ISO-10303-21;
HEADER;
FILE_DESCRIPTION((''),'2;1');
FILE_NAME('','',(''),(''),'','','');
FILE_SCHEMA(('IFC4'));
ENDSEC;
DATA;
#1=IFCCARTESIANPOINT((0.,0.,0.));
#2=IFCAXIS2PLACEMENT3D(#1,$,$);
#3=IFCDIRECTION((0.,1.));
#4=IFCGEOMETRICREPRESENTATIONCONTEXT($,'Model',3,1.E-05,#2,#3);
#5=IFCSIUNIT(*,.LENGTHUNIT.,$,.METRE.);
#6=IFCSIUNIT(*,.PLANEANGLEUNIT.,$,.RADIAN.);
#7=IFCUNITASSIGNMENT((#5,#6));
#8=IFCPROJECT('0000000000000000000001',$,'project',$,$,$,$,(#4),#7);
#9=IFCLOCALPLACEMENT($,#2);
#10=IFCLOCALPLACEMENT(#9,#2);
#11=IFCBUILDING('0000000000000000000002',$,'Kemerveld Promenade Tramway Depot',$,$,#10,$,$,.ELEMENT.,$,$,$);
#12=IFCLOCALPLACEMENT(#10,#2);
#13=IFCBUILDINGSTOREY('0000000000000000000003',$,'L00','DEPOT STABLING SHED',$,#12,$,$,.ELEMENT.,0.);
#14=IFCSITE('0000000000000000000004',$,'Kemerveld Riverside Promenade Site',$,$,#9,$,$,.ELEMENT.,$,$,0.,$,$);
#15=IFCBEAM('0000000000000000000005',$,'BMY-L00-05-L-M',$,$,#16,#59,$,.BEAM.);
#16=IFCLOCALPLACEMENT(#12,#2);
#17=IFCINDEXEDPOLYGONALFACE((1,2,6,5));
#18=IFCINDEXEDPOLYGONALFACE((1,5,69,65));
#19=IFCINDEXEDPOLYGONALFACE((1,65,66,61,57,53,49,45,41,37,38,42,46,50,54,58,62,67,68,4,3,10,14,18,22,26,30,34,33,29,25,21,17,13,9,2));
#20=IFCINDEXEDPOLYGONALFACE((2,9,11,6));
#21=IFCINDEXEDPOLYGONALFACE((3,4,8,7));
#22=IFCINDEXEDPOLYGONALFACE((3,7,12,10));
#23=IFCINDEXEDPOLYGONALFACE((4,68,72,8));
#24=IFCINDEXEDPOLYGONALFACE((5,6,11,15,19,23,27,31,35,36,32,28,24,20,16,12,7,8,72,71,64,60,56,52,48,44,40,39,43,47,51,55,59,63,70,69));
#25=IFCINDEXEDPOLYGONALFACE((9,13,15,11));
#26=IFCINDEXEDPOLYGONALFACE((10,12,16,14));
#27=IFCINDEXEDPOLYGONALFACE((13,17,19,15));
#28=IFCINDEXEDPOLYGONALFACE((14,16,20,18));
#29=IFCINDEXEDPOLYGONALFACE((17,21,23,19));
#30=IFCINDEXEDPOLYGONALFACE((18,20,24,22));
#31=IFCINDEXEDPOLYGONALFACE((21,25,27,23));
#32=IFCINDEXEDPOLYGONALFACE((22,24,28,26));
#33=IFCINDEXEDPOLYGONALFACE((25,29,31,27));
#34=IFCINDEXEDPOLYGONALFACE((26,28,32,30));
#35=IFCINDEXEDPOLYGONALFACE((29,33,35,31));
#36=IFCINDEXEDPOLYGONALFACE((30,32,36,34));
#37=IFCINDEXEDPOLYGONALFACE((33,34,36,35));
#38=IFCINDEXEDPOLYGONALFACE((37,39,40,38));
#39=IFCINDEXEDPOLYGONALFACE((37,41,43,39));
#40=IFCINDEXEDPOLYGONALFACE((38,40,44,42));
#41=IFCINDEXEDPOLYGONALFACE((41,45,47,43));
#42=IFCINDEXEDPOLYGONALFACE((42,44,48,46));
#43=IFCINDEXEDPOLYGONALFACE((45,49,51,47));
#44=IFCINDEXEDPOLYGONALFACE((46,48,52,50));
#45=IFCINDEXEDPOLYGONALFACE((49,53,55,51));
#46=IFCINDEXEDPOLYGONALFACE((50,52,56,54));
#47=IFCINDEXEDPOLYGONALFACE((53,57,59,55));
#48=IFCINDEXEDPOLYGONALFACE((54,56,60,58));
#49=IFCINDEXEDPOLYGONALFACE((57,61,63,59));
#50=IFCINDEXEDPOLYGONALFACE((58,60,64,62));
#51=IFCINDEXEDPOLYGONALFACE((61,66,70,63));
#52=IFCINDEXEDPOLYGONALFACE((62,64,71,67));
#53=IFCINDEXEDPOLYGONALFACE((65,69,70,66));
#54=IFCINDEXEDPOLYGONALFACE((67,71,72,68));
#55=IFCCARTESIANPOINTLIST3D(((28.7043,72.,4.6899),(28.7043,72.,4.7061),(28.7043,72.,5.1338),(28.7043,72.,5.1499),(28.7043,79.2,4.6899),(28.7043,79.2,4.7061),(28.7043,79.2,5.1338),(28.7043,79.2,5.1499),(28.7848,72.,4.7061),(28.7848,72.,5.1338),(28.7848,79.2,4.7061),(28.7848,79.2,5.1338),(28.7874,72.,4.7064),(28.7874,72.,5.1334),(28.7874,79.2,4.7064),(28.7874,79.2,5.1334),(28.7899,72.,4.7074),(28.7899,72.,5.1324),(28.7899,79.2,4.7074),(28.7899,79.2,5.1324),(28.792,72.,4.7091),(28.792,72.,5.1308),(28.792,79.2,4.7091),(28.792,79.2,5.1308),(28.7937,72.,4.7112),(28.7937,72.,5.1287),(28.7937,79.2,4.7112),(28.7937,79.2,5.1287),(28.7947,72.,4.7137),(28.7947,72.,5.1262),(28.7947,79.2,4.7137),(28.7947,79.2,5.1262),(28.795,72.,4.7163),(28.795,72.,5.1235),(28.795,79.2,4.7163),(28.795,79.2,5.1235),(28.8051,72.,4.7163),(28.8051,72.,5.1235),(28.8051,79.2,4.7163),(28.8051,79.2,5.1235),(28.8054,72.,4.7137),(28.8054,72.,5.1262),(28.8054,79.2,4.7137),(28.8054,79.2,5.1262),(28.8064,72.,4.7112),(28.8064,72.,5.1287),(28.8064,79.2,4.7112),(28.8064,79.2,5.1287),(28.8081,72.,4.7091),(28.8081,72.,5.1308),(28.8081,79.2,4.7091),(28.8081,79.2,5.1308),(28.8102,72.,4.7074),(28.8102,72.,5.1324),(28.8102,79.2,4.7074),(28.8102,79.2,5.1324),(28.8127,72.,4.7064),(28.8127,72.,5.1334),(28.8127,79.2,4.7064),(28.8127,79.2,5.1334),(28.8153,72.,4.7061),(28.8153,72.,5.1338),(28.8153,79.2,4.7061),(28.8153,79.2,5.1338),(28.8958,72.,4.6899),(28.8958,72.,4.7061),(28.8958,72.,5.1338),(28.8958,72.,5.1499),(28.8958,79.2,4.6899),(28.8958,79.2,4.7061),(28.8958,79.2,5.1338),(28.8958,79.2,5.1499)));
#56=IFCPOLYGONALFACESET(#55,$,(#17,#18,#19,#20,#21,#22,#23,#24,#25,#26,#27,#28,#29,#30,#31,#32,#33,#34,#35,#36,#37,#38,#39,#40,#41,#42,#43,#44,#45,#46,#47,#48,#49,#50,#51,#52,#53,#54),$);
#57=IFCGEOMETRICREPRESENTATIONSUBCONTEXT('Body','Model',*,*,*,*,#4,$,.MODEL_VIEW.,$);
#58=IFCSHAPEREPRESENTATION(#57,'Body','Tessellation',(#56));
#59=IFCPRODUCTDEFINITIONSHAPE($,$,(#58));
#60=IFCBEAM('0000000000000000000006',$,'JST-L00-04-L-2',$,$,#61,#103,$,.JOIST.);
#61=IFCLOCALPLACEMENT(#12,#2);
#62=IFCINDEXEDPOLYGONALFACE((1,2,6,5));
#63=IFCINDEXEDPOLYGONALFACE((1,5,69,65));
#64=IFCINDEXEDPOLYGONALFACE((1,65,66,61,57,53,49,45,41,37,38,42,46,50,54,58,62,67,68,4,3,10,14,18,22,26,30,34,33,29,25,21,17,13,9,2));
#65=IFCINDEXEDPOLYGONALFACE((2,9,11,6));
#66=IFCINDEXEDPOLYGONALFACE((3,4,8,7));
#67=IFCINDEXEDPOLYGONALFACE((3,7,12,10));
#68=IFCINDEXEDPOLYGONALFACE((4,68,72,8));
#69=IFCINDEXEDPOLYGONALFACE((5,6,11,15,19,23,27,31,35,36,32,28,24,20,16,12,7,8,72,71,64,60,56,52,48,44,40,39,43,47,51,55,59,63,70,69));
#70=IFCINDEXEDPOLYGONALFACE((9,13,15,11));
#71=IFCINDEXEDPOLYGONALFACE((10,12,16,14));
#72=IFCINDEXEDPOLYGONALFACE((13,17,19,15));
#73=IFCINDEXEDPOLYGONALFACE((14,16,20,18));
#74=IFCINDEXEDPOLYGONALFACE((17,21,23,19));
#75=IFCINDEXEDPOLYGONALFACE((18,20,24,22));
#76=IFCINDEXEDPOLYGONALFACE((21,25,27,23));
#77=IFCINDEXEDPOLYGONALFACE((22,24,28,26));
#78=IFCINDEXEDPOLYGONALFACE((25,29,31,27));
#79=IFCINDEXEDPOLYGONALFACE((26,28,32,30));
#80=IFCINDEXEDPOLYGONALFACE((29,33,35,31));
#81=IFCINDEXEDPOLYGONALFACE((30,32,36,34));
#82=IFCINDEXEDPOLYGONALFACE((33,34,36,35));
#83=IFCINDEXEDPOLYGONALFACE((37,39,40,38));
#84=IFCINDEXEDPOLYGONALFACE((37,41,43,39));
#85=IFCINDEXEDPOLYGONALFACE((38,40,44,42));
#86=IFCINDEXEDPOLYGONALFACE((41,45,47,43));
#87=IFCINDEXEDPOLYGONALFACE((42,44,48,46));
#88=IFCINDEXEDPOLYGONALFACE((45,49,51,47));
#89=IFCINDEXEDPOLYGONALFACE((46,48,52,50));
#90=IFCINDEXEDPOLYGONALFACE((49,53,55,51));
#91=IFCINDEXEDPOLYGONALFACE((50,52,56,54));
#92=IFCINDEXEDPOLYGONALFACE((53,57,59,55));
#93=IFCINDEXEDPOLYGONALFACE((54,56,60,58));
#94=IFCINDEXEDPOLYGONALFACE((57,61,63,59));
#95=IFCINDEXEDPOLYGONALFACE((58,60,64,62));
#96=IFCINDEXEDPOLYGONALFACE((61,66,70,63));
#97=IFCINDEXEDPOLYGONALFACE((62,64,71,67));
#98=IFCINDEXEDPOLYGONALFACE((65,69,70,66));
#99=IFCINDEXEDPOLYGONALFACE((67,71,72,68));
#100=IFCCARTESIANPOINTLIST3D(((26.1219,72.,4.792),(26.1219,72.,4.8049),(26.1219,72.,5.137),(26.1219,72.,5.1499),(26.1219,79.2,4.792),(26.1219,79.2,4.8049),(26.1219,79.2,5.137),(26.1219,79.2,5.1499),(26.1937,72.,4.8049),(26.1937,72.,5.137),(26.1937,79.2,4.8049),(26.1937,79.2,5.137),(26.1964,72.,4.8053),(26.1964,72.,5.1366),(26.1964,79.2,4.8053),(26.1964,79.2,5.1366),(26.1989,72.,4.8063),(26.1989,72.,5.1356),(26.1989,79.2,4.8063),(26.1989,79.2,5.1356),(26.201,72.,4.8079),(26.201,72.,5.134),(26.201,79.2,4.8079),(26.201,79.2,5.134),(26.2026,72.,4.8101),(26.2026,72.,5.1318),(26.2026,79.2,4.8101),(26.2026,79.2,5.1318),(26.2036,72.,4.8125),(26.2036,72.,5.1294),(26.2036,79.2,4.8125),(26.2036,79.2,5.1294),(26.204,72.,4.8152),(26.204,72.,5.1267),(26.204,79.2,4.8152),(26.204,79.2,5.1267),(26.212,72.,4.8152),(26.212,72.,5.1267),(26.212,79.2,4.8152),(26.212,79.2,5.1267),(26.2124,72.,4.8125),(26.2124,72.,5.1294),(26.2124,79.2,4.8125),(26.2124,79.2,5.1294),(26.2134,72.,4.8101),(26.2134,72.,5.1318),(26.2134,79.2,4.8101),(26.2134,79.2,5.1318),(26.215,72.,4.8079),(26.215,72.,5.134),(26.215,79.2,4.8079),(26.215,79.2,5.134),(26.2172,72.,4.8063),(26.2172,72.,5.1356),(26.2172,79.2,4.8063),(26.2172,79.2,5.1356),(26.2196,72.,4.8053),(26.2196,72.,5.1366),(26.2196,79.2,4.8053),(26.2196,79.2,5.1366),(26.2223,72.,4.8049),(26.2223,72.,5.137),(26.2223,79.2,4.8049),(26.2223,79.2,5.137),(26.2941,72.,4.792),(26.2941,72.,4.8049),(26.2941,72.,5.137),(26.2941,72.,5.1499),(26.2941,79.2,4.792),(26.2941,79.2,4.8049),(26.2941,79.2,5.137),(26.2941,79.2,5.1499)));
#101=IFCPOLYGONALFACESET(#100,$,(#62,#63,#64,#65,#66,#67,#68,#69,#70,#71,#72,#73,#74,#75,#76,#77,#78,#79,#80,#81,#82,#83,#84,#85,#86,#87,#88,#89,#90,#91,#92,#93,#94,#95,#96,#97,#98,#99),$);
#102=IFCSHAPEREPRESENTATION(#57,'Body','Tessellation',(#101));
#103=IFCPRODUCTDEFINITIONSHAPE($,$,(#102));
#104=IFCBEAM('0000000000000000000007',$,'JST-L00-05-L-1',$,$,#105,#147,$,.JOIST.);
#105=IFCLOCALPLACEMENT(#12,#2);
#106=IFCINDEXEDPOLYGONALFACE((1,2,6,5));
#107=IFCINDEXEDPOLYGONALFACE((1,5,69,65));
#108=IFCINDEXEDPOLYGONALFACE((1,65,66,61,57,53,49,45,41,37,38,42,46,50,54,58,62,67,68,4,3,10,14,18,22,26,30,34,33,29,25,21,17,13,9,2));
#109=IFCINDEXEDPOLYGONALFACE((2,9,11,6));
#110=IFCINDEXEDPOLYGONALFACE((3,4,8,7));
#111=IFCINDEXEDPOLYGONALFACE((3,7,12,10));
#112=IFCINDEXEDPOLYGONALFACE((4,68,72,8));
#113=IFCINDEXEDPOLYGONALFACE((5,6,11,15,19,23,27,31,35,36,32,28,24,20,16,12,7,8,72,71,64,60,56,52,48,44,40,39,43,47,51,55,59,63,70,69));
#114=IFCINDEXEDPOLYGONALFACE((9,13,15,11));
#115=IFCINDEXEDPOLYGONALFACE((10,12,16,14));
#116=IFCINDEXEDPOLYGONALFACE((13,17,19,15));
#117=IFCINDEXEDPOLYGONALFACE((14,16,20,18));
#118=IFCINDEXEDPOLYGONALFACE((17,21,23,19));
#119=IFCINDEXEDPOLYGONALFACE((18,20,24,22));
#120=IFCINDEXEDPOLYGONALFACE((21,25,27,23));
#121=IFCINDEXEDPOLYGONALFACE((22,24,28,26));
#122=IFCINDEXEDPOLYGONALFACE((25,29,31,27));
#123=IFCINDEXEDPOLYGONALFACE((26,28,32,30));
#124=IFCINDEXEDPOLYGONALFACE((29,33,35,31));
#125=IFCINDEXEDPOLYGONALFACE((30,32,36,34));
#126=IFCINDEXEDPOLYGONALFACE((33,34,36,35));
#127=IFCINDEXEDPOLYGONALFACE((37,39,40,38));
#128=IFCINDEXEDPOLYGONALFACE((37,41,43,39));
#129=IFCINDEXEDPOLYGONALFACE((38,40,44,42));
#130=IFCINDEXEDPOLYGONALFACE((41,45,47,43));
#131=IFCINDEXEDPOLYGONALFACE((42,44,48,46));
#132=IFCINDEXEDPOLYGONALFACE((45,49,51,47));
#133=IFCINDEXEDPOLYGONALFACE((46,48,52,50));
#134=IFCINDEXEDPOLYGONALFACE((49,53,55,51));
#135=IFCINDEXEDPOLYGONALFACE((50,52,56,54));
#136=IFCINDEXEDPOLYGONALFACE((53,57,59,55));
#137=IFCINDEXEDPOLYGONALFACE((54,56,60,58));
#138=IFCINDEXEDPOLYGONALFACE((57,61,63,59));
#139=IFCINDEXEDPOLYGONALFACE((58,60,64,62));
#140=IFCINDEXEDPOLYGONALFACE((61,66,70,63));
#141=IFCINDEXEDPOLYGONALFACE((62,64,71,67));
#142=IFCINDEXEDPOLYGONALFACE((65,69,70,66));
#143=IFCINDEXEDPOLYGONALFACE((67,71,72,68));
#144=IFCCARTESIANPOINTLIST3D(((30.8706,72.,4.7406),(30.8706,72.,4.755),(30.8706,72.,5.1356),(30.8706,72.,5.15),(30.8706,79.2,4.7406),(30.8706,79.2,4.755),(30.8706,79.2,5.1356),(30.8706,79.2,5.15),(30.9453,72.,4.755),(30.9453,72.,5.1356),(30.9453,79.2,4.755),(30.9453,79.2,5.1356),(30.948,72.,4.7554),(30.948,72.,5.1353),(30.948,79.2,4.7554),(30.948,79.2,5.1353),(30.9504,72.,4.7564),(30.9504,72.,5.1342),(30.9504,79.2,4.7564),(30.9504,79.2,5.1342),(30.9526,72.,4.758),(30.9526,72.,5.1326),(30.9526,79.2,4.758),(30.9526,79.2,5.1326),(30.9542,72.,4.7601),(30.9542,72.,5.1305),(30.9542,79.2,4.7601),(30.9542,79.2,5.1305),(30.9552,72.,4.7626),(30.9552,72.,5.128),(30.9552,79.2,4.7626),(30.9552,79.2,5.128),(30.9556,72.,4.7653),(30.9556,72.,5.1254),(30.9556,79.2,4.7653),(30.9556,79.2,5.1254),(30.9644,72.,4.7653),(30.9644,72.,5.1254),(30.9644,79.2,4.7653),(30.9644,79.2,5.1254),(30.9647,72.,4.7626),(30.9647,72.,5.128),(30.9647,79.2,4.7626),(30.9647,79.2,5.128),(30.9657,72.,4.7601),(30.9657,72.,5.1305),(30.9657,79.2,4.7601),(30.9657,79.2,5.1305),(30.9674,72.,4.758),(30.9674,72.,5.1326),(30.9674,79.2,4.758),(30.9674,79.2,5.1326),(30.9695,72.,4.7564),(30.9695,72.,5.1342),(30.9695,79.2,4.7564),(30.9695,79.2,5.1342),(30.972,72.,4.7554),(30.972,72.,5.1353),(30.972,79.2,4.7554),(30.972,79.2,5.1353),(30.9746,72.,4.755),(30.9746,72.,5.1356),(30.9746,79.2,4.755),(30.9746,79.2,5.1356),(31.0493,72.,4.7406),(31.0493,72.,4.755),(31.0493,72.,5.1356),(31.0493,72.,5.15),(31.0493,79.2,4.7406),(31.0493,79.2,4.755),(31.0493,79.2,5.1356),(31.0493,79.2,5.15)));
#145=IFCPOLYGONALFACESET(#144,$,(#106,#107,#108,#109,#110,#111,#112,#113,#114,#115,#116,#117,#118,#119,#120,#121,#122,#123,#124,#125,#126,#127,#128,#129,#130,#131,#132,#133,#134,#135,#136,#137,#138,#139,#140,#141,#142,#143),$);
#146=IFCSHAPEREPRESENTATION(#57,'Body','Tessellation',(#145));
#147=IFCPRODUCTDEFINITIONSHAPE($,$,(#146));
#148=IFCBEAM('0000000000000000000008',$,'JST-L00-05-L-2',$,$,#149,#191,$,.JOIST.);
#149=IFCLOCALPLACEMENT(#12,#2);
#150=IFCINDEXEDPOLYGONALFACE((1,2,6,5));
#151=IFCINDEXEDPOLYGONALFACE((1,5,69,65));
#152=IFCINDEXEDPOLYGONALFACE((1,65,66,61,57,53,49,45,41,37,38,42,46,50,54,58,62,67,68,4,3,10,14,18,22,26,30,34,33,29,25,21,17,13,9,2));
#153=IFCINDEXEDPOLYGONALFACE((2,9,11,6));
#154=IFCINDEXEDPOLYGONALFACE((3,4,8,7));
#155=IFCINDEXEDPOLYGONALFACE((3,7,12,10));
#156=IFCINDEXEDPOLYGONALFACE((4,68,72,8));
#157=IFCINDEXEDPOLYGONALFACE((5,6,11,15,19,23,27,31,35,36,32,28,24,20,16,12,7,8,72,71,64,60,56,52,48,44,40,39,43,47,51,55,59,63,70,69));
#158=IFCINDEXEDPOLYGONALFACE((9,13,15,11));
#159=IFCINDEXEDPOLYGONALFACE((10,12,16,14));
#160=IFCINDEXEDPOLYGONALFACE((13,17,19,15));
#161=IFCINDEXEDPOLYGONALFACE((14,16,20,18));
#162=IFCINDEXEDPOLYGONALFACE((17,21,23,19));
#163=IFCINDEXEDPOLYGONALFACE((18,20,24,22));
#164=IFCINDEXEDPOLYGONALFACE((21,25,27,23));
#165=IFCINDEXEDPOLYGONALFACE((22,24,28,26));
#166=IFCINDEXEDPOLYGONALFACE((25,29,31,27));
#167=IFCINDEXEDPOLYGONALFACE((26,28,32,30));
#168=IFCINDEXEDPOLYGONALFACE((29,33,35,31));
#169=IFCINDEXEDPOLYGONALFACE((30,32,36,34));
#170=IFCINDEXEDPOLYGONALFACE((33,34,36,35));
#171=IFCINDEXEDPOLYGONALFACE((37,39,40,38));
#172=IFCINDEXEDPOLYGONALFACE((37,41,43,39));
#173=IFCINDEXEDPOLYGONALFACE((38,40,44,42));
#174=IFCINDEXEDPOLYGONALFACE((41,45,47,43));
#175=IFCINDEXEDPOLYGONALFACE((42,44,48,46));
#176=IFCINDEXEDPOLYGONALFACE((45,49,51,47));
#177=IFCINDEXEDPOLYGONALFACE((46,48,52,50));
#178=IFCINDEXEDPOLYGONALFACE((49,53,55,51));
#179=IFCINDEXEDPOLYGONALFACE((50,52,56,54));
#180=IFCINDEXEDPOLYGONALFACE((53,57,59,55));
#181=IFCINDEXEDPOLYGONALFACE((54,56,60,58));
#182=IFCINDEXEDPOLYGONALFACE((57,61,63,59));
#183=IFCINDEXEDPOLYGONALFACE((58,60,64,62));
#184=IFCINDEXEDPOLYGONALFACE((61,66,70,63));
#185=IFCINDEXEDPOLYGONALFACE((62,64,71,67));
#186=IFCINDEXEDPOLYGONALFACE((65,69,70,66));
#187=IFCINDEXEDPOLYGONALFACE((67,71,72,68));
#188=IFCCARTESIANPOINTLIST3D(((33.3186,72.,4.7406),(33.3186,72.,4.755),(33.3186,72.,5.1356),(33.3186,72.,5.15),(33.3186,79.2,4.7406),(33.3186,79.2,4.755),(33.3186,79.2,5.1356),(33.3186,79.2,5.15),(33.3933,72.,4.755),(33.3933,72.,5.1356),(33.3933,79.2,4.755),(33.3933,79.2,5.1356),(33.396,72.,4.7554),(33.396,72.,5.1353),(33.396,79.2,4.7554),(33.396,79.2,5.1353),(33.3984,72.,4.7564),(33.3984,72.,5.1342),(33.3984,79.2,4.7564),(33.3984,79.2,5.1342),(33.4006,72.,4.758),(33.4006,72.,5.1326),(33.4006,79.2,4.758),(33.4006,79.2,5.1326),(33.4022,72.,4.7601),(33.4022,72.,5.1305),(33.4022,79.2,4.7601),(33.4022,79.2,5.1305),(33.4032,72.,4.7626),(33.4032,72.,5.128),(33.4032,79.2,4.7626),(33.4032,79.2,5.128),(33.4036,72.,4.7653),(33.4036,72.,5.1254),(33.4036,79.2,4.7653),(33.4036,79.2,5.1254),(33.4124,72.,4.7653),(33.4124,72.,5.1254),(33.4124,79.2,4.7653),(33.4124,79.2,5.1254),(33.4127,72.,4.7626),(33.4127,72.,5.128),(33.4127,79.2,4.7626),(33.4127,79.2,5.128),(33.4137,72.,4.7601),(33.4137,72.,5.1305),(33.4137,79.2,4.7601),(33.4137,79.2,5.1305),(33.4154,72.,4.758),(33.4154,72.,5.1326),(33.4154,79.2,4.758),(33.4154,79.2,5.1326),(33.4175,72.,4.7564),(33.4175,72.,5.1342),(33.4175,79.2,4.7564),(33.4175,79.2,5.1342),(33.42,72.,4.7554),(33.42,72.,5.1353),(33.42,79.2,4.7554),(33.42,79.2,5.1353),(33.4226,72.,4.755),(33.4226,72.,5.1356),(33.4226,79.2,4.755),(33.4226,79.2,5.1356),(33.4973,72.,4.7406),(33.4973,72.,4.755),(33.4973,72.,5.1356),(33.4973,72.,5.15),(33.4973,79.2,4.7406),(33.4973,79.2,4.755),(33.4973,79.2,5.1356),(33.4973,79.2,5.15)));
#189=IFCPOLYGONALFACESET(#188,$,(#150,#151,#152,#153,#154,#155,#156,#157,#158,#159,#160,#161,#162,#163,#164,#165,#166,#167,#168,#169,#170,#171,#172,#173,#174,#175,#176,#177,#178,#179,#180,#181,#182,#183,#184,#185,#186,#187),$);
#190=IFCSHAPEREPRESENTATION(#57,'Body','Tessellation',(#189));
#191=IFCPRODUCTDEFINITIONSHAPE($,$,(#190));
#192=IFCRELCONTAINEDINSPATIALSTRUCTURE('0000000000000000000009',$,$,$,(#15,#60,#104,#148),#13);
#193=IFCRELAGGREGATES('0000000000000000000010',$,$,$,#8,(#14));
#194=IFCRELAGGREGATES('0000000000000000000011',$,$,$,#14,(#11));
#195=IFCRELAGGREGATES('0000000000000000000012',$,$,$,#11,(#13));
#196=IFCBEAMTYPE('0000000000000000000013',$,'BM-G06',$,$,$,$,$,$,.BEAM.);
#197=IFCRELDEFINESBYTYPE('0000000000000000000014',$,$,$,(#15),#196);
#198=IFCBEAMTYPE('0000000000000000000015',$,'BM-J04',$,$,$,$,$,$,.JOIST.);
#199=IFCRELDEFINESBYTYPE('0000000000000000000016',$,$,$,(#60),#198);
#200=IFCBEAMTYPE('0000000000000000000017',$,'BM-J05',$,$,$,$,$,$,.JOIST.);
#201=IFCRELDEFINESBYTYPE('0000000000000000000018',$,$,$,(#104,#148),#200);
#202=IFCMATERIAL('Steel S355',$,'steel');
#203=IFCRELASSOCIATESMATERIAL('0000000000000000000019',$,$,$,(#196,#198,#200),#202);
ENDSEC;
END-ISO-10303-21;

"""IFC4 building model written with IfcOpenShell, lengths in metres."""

from ifc_helpers import new_model, si_unit, direction, frame, origin, origin_2d, place, context, subcontext, project, spatial, i_section, extrude, material, material_profile, profile_set, type_object, element, save


model = new_model("IFC4")

# Units and contexts
model_context = context("Model", 3, precision=1e-05, world=origin(), true_north=direction((0.0, 1.0)))
body_context = subcontext(model_context, "Body", "Model", "MODEL_VIEW")
ifc_project = project(units=[si_unit("LENGTHUNIT", "METRE"), si_unit("PLANEANGLEUNIT", "RADIAN")], contexts=[model_context])

# Site, building, storey
site_placement = place(None, origin())
site = spatial("IfcSite", under=ifc_project, at=site_placement, Name="Kemerveld Riverside Promenade Site", CompositionType="ELEMENT", RefElevation=0.0)
building_placement = place(site_placement, origin())
building = spatial("IfcBuilding", under=site, at=building_placement, Name="Kemerveld Promenade Tramway Depot", CompositionType="ELEMENT")
storey_placement = place(building_placement, origin())
storey = spatial("IfcBuildingStorey", under=building, at=storey_placement, Name="L00", Description="DEPOT STABLING SHED", CompositionType="ELEMENT", Elevation=0.0)

# Shared definitions
ifc_material_1 = material(Name="Steel S355", Category="steel")

# Beams
ifc_material_profile_1 = material_profile(ifc_material_1, i_section(OverallWidth=0.1914, OverallDepth=0.46, WebThickness=0.01, FlangeThickness=0.0161, FilletRadius=0.0103, at=origin_2d()), Name="457x191x82 UB")
ifc_profile_set_1 = profile_set([ifc_material_profile_1], Name="Steel S355")
beam_type_1 = type_object("IfcBeamType", Name="BM-G06", PredefinedType="BEAM", material=ifc_profile_set_1)
beam_1_placement = place(storey_placement, frame((28.8, 72.0, 4.9199), z_axis=(0.0, 1.0, 0.0), x_axis=(-1.0, 0.0, 0.0)))
element("IfcBeam", 1, at=beam_1_placement, inside=storey, type_object=beam_type_1, Name="BMY-L00-05-L-M", PredefinedType="BEAM", context=body_context, shape_type="SweptSolid", body=[
    extrude(i_section(OverallWidth=0.1914, OverallDepth=0.46, WebThickness=0.01, FlangeThickness=0.0161, FilletRadius=0.0103, at=origin_2d()), origin(), (0.0, 0.0, 1.0), 7.2),
])
ifc_material_profile_2 = material_profile(ifc_material_1, i_section(OverallWidth=0.1721, OverallDepth=0.3579, WebThickness=0.0081, FlangeThickness=0.0129, FilletRadius=0.0103, at=origin_2d()), Name="356x171x57 UB")
ifc_profile_set_2 = profile_set([ifc_material_profile_2], Name="Steel S355")
beam_type_2 = type_object("IfcBeamType", Name="BM-J04", PredefinedType="JOIST", material=ifc_profile_set_2)
beam_2_placement = place(storey_placement, frame((26.208, 72.0, 4.9709), z_axis=(0.0, 1.0, 0.0), x_axis=(-1.0, 0.0, 0.0)))
element("IfcBeam", 2, at=beam_2_placement, inside=storey, type_object=beam_type_2, Name="JST-L00-04-L-2", PredefinedType="JOIST", context=body_context, shape_type="SweptSolid", body=[
    extrude(i_section(OverallWidth=0.1721, OverallDepth=0.3579, WebThickness=0.0081, FlangeThickness=0.0129, FilletRadius=0.0103, at=origin_2d()), origin(), (0.0, 0.0, 1.0), 7.2),
])
ifc_material_profile_3 = material_profile(ifc_material_1, i_section(OverallWidth=0.1787, OverallDepth=0.4094, WebThickness=0.0088, FlangeThickness=0.0144, FilletRadius=0.0103, at=origin_2d()), Name="406x178x67 UB")
ifc_profile_set_3 = profile_set([ifc_material_profile_3], Name="Steel S355")
beam_type_3 = type_object("IfcBeamType", Name="BM-J05", PredefinedType="JOIST", material=ifc_profile_set_3)
for number, where, z_axis, x_axis, name in (
    (3, (30.96, 72.0, 4.9453), (0.0, 1.0, 0.0), (-1.0, 0.0, 0.0), "JST-L00-05-L-1"),
    (4, (33.408, 72.0, 4.9453), (0.0, 1.0, 0.0), (-1.0, 0.0, 0.0), "JST-L00-05-L-2"),
):
    element("IfcBeam", number, at=place(storey_placement, frame(where, z_axis=z_axis, x_axis=x_axis)), inside=storey, type_object=beam_type_3, Name=name, PredefinedType="JOIST", context=body_context, shape_type="SweptSolid", body=[
        extrude(i_section(OverallWidth=0.1787, OverallDepth=0.4094, WebThickness=0.0088, FlangeThickness=0.0144, FilletRadius=0.0103, at=origin_2d()), origin(), (0.0, 0.0, 1.0), 7.2),
    ])

save(model, "model.ifc")
